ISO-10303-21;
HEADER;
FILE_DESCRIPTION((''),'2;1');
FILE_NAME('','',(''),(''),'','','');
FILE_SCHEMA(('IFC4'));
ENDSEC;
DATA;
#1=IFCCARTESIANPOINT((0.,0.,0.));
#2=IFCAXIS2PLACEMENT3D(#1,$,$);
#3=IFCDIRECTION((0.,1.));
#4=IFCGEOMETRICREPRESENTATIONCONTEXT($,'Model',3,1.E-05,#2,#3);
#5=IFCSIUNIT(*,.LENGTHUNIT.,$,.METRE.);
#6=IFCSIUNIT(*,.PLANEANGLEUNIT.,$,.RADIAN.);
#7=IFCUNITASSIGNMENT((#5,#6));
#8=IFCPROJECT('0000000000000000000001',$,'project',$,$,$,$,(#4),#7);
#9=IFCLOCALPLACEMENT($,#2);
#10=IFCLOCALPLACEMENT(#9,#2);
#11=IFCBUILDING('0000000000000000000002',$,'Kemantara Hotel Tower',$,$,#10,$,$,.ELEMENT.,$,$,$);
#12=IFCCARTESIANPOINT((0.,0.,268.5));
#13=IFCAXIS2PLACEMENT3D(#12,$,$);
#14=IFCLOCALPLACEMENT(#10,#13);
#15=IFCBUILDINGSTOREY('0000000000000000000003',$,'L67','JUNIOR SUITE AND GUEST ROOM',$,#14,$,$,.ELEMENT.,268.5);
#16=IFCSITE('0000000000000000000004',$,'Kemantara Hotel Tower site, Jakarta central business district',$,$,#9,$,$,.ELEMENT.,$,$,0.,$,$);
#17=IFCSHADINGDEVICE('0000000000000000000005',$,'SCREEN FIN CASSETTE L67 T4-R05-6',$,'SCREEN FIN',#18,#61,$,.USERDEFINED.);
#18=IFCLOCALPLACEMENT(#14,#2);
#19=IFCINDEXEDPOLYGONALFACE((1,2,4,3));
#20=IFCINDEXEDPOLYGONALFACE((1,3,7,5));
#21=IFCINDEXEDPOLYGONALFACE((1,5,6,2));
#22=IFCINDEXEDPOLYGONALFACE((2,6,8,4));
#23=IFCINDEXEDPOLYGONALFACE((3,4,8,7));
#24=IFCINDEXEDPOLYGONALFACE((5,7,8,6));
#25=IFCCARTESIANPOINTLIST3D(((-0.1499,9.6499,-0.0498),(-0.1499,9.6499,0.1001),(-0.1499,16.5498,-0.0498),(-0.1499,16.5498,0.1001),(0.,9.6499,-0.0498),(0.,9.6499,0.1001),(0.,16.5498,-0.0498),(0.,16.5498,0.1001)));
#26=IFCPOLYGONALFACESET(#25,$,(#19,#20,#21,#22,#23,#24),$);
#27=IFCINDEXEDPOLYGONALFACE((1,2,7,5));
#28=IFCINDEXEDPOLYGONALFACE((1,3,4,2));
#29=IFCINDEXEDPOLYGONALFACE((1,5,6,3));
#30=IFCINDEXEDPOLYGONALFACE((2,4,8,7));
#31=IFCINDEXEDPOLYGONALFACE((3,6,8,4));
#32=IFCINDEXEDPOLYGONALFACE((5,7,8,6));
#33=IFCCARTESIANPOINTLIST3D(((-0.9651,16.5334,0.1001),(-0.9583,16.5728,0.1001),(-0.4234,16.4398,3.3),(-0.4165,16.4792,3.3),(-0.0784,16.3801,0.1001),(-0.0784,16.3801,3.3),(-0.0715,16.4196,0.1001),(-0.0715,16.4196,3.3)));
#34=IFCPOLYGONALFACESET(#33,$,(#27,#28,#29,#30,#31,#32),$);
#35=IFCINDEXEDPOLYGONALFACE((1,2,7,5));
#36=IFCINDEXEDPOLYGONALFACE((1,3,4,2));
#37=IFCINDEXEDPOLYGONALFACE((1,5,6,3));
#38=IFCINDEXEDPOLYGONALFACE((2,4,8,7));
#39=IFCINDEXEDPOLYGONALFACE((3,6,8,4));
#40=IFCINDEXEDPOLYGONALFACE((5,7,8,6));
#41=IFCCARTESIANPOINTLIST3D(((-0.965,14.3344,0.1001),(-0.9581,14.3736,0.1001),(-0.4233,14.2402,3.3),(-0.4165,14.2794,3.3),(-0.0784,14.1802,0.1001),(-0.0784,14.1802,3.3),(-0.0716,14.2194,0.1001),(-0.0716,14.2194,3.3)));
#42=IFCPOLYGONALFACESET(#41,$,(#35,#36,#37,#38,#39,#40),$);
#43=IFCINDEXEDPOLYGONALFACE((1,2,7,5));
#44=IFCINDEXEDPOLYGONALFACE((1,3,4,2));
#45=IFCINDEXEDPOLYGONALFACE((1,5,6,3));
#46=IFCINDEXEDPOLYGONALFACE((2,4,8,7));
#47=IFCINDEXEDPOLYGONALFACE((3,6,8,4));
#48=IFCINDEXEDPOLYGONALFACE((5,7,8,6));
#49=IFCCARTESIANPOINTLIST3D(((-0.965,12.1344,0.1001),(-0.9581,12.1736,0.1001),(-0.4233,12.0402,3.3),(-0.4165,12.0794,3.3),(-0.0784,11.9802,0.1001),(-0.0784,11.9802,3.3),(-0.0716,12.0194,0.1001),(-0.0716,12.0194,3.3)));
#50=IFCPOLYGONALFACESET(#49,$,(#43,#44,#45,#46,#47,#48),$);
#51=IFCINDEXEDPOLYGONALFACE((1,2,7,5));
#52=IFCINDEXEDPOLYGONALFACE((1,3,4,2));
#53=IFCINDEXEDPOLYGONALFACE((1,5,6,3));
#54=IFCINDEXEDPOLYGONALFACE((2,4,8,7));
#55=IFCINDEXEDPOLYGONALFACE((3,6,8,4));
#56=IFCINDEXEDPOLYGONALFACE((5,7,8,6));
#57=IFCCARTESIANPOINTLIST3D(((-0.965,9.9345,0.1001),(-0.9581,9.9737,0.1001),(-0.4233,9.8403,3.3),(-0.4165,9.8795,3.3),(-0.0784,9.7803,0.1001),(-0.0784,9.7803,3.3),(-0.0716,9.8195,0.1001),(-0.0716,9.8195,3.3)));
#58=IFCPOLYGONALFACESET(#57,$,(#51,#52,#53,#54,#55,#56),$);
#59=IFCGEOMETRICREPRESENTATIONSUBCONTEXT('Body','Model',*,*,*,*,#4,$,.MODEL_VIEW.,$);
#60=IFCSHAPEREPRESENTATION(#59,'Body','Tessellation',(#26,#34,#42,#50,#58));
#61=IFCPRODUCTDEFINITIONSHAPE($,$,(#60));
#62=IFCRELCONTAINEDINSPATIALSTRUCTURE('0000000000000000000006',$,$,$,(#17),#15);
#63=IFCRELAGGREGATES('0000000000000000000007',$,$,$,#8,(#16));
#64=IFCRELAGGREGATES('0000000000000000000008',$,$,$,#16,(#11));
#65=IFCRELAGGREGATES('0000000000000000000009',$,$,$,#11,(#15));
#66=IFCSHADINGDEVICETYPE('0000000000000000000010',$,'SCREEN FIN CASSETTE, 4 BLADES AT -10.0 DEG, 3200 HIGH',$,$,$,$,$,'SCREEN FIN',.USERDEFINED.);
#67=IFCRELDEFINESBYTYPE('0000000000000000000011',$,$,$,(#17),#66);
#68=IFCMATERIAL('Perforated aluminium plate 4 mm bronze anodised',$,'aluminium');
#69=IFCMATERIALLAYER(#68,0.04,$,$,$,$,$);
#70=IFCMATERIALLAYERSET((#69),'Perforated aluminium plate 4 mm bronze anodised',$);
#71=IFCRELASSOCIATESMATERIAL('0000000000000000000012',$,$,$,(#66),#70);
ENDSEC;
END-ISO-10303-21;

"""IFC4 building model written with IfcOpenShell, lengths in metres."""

from ifc_helpers import new_model, si_unit, direction, frame, origin, origin_2d, place, context, subcontext, project, spatial, polyline, rectangle, outline, extrude, source, transform, mapped, material, layer, layer_set, type_object, element, save


model = new_model("IFC4")

# Units and contexts
model_context = context("Model", 3, precision=1e-05, world=origin(), true_north=direction((0.0, 1.0)))
body_context = subcontext(model_context, "Body", "Model", "MODEL_VIEW")
ifc_project = project(units=[si_unit("LENGTHUNIT", "METRE"), si_unit("PLANEANGLEUNIT", "RADIAN")], contexts=[model_context])

# Site, building, storey
site_placement = place(None, origin())
site = spatial("IfcSite", under=ifc_project, at=site_placement, Name="Kemantara Hotel Tower site, Jakarta central business district", CompositionType="ELEMENT", RefElevation=0.0)
building_placement = place(site_placement, origin())
building = spatial("IfcBuilding", under=site, at=building_placement, Name="Kemantara Hotel Tower", CompositionType="ELEMENT")
storey_placement = place(building_placement, frame((0.0, 0.0, 268.5)))
storey = spatial("IfcBuildingStorey", under=building, at=storey_placement, Name="L67", Description="JUNIOR SUITE AND GUEST ROOM", CompositionType="ELEMENT", Elevation=268.5)

# Shading device
ifc_material_1 = material(Name="Perforated aluminium plate 4 mm bronze anodised", Category="aluminium")
ifc_layer_1 = layer(ifc_material_1, 0.04)
ifc_layer_set_1 = layer_set([ifc_layer_1], Name="Perforated aluminium plate 4 mm bronze anodised")
shading_device_type_1 = type_object("IfcShadingDeviceType", Name="SCREEN FIN CASSETTE, 4 BLADES AT -10.0 DEG, 3200 HIGH", ElementType="SCREEN FIN", PredefinedType="USERDEFINED", material=ifc_layer_set_1)
shared_shape_1 = source(origin(), body_context, "Body", "SweptSolid", [
    extrude(rectangle(XDim=6.8999, YDim=0.1499, at=origin_2d()), frame((3.3, -0.075, -0.1499), z_axis=(0.0, 0.0, 1.0), x_axis=(1.0, 0.0, 0.0)), (0.0, 0.0, 1.0), 0.1499),
    extrude(outline(polyline([(0.0, 0.0), (0.8999, 0.0), (0.3501, 3.2), (0.0, 3.2), (0.0, 0.0)])), frame((0.0198, -0.0784, 0.0), z_axis=(-0.98539, 0.170314, 0.0), x_axis=(-0.170314, -0.98539, 0.0)), (0.0, 0.0, 1.0), 0.04),
    extrude(outline(polyline([(0.0, 0.0), (0.8999, 0.0), (0.3501, 3.2), (0.0, 3.2), (0.0, 0.0)])), frame((2.2197, -0.0784, 0.0), z_axis=(-0.985212, 0.171341, 0.0), x_axis=(-0.171341, -0.985212, 0.0)), (0.0, 0.0, 1.0), 0.0398),
    extrude(outline(polyline([(0.0, 0.0), (0.8999, 0.0), (0.3501, 3.2), (0.0, 3.2), (0.0, 0.0)])), frame((4.4197, -0.0784, 0.0), z_axis=(-0.985212, 0.171341, 0.0), x_axis=(-0.171341, -0.985212, 0.0)), (0.0, 0.0, 1.0), 0.0398),
    extrude(outline(polyline([(0.0, 0.0), (0.8999, 0.0), (0.3501, 3.2), (0.0, 3.2), (0.0, 0.0)])), frame((6.6196, -0.0784, 0.0), z_axis=(-0.985212, 0.171341, 0.0), x_axis=(-0.171341, -0.985212, 0.0)), (0.0, 0.0, 1.0), 0.0398),
])
shading_device_1_placement = place(storey_placement, frame((0.0, 16.3999, 0.1001), z_axis=(0.0, 0.0, 1.0), x_axis=(0.0, -1.0, 0.0)))
element("IfcShadingDevice", 1, at=shading_device_1_placement, inside=storey, type_object=shading_device_type_1, Name="SCREEN FIN CASSETTE L67 T4-R05-6", ObjectType="SCREEN FIN", PredefinedType="USERDEFINED", context=body_context, shape_type="MappedRepresentation", body=[
    mapped(shared_shape_1, transform((0.0, 0.0, 0.0))),
])

save(model, "model.ifc")
